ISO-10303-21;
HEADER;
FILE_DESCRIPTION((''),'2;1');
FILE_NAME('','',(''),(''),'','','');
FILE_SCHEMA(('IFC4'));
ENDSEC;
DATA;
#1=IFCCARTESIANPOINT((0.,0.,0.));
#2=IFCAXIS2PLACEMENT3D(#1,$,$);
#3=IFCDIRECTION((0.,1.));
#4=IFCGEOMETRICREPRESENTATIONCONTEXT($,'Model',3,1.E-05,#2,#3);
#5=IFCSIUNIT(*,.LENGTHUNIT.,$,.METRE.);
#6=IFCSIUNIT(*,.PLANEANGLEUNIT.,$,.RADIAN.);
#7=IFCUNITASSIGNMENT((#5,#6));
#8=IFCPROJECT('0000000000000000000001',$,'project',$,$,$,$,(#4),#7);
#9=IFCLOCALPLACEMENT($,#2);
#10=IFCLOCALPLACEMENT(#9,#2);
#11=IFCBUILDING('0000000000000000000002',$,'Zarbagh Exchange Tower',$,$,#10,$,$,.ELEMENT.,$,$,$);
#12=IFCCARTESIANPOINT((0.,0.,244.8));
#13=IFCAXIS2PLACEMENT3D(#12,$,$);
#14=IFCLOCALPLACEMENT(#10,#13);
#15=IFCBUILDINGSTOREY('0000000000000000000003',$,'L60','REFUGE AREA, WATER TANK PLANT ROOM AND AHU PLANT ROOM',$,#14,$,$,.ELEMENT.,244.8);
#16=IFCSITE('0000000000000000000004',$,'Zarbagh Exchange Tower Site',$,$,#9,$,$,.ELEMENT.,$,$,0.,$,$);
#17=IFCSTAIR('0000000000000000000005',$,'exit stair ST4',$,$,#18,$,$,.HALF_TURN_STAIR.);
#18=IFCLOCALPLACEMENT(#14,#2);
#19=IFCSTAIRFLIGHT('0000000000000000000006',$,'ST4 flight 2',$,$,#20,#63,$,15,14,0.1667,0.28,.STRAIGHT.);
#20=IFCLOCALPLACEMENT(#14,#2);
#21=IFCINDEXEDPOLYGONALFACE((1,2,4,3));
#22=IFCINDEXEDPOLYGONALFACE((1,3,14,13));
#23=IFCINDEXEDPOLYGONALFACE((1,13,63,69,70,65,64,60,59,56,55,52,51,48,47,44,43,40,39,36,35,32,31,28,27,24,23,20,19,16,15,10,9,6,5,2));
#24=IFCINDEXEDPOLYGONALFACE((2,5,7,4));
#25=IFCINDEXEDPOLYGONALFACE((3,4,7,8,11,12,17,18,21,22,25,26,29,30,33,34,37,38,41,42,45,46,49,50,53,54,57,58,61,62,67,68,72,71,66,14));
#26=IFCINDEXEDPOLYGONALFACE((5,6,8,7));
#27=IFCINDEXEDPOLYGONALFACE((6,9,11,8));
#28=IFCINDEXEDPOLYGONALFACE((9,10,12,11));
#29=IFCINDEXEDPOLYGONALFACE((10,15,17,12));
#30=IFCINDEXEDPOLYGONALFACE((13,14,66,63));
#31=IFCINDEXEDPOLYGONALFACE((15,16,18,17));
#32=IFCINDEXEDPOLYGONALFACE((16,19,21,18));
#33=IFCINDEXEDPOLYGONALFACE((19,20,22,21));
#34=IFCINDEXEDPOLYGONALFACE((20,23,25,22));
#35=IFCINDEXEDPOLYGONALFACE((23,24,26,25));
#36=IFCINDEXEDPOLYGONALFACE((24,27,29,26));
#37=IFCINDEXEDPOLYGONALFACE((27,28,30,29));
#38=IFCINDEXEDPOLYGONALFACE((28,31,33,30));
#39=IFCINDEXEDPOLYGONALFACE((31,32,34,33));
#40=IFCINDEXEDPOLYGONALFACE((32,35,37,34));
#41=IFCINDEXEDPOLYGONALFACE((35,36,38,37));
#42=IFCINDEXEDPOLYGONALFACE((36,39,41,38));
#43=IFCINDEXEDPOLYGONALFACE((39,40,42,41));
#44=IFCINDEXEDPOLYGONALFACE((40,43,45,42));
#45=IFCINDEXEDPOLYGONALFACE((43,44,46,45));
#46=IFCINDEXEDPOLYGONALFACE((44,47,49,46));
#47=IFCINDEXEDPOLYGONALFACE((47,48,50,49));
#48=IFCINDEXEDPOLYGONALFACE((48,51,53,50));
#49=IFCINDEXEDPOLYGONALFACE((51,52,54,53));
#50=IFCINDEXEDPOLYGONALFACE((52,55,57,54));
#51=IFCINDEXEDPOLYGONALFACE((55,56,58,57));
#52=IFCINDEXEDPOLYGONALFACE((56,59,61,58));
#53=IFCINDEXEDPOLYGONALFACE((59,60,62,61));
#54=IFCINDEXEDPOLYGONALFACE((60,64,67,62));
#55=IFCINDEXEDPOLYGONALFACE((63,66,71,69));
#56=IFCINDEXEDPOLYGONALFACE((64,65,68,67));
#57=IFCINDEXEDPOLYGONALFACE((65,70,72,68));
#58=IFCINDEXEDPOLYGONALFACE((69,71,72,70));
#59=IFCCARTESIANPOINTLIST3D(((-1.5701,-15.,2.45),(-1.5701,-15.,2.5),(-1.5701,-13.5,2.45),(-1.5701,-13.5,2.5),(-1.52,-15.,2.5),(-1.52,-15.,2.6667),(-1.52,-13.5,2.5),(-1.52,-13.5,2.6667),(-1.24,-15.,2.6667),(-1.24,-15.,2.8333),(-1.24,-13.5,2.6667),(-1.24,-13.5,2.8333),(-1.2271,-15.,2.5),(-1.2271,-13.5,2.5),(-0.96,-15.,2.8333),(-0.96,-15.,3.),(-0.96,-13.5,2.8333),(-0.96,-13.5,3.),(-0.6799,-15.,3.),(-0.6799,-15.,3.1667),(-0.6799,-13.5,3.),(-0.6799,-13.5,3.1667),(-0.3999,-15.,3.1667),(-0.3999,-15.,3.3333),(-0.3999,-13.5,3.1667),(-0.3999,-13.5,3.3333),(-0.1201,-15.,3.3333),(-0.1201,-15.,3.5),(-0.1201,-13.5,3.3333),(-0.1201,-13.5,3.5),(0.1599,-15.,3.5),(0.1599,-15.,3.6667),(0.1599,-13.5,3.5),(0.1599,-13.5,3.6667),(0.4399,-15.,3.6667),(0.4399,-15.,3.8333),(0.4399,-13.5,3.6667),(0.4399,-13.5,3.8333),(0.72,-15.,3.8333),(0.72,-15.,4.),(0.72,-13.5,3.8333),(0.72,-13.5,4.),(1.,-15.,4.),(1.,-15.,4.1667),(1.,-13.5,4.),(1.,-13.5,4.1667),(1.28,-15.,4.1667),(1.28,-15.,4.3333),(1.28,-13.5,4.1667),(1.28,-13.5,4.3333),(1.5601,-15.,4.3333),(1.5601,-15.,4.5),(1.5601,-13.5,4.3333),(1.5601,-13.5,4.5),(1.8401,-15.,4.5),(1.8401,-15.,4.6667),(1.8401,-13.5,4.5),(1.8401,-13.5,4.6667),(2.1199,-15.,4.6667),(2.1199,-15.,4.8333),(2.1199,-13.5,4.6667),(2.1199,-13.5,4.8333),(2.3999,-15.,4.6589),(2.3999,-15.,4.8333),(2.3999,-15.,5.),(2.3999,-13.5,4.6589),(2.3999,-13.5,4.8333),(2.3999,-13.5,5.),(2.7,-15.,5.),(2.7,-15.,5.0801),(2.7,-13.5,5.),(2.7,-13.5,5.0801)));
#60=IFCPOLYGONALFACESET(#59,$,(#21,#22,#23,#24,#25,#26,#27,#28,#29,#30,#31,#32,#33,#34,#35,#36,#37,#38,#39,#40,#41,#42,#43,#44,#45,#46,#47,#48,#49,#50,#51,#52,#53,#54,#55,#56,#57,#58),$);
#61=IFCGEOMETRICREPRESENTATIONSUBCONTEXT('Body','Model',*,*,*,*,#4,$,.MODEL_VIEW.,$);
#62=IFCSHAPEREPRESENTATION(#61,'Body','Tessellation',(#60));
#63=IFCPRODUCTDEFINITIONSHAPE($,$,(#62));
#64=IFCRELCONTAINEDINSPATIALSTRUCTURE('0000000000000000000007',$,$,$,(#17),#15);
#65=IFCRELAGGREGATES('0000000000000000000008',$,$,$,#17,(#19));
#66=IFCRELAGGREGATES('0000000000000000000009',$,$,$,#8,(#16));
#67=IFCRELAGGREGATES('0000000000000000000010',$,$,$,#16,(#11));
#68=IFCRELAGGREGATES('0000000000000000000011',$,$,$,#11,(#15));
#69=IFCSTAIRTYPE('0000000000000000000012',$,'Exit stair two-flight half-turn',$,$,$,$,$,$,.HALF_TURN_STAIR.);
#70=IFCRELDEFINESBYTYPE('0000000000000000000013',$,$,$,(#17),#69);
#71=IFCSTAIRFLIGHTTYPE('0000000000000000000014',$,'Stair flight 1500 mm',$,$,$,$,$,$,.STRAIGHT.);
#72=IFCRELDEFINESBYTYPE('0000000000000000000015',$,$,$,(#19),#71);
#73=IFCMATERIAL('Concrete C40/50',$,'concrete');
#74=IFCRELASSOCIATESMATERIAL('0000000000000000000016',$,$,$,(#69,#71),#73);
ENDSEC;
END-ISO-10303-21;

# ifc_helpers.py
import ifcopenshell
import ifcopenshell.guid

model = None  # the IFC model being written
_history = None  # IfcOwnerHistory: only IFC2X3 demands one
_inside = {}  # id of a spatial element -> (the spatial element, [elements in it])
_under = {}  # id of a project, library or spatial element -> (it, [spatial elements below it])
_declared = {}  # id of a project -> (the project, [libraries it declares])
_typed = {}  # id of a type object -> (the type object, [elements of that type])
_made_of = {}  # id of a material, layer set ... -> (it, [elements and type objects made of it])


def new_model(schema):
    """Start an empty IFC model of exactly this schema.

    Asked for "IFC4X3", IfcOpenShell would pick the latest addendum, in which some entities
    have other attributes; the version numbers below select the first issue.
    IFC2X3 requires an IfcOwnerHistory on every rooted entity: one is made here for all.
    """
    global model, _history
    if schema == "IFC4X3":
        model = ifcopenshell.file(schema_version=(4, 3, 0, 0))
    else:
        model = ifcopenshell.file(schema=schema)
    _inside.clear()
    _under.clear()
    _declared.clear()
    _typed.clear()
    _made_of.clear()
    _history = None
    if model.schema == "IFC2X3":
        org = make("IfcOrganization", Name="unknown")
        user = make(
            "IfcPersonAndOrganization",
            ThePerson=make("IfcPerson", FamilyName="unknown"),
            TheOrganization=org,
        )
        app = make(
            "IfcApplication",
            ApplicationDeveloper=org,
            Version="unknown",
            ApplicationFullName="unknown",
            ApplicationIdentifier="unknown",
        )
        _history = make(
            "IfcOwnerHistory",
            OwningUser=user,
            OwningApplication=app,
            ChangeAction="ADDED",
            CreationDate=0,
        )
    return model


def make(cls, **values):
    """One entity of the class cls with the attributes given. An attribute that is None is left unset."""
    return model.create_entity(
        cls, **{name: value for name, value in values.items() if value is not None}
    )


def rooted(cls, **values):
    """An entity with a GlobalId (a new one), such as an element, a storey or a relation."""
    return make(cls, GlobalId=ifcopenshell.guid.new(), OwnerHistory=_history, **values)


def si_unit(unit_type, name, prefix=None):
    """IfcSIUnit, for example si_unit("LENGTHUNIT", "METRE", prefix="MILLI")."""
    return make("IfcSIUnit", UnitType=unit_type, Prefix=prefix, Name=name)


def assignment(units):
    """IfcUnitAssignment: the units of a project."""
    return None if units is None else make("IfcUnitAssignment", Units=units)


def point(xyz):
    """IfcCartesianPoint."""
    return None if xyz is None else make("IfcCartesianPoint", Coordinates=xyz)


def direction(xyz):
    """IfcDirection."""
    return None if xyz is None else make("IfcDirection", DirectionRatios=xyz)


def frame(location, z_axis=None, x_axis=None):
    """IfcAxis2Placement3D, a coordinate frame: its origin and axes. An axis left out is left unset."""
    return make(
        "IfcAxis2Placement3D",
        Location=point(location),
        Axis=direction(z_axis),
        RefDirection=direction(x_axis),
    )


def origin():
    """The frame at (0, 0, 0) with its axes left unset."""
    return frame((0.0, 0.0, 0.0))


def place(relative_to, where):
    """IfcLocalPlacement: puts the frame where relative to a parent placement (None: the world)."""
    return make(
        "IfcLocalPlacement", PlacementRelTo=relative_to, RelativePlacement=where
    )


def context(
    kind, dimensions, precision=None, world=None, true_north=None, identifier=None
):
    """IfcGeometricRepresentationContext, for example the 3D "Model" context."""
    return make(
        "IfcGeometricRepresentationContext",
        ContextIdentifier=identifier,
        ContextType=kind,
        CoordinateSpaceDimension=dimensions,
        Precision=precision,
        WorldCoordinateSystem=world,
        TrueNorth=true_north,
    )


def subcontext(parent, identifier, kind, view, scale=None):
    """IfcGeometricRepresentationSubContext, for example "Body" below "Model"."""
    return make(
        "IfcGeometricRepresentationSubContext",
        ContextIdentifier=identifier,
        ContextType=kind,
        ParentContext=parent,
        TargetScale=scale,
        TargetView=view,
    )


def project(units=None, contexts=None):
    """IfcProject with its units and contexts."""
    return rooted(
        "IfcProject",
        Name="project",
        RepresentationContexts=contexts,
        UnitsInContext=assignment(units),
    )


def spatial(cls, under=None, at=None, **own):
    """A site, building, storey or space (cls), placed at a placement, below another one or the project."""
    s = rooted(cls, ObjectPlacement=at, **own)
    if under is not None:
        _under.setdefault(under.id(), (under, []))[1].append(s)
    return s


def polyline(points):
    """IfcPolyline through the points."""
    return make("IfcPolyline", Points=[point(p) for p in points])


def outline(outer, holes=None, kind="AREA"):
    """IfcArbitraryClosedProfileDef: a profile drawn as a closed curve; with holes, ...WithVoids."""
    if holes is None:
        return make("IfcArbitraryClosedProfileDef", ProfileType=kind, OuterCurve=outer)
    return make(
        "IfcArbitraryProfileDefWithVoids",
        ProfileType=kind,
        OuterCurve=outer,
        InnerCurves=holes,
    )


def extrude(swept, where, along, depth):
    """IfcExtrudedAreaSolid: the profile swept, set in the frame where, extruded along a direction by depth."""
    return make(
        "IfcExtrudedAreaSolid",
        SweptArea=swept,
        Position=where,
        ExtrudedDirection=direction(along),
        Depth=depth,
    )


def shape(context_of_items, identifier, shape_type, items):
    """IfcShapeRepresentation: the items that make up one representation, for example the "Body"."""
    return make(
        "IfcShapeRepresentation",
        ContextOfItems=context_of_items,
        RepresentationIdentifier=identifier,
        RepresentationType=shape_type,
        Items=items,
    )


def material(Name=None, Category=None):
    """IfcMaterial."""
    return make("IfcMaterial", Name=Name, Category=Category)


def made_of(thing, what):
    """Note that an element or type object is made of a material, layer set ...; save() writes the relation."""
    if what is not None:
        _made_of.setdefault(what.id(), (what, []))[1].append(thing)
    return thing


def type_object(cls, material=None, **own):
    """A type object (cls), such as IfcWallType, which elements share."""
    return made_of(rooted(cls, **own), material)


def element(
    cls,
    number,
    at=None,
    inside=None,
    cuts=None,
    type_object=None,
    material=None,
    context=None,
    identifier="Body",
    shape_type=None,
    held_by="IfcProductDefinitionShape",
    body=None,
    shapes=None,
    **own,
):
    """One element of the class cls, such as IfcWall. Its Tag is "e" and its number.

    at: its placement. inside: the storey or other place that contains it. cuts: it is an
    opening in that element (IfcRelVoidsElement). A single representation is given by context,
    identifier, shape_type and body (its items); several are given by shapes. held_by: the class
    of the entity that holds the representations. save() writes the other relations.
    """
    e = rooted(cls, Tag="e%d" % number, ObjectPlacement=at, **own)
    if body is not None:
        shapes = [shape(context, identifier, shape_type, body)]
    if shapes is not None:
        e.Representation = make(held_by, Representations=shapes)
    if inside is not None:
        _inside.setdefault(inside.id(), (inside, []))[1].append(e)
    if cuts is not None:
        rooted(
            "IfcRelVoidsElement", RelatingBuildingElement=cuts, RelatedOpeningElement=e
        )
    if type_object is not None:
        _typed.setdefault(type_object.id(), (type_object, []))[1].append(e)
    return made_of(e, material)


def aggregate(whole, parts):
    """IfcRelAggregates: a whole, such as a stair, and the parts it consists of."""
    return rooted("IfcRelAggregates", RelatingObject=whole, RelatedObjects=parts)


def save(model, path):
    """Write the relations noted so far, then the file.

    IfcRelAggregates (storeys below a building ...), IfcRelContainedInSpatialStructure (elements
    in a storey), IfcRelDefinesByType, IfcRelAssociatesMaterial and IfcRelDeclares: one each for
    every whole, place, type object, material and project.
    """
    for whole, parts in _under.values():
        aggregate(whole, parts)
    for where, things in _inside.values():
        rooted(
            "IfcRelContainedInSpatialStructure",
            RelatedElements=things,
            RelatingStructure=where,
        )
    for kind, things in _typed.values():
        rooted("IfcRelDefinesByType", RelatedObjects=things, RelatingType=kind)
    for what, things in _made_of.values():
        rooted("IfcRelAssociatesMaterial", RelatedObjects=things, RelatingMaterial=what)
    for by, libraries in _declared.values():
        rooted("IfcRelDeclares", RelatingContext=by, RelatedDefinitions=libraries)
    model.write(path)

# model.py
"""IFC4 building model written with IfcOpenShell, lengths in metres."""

from ifc_helpers import new_model, si_unit, direction, frame, origin, place, context, subcontext, project, spatial, polyline, outline, extrude, material, type_object, element, aggregate, save


model = new_model("IFC4")

# Units and contexts
model_context = context("Model", 3, precision=1e-05, world=origin(), true_north=direction((0.0, 1.0)))
body_context = subcontext(model_context, "Body", "Model", "MODEL_VIEW")
ifc_project = project(units=[si_unit("LENGTHUNIT", "METRE"), si_unit("PLANEANGLEUNIT", "RADIAN")], contexts=[model_context])

# Site, building, storey
site_placement = place(None, origin())
site = spatial("IfcSite", under=ifc_project, at=site_placement, Name="Zarbagh Exchange Tower Site", CompositionType="ELEMENT", RefElevation=0.0)
building_placement = place(site_placement, origin())
building = spatial("IfcBuilding", under=site, at=building_placement, Name="Zarbagh Exchange Tower", CompositionType="ELEMENT")
storey_placement = place(building_placement, frame((0.0, 0.0, 244.8)))
storey = spatial("IfcBuildingStorey", under=building, at=storey_placement, Name="L60", Description="REFUGE AREA, WATER TANK PLANT ROOM AND AHU PLANT ROOM", CompositionType="ELEMENT", Elevation=244.8)

# Shared definitions
ifc_material_1 = material(Name="Concrete C40/50", Category="concrete")

# Stair, stair flight
stair_type = type_object("IfcStairType", Name="Exit stair two-flight half-turn", PredefinedType="HALF_TURN_STAIR", material=ifc_material_1)
stair_1_placement = place(storey_placement, origin())
stair_1 = element("IfcStair", 1, at=stair_1_placement, inside=storey, type_object=stair_type, Name="exit stair ST4", PredefinedType="HALF_TURN_STAIR")
stair_flight_type_1 = type_object("IfcStairFlightType", Name="Stair flight 1500 mm", PredefinedType="STRAIGHT", material=ifc_material_1)
stair_flight_1_placement = place(storey_placement, frame((-1.52, -14.25, 2.5), z_axis=(0.0, 0.0, 1.0), x_axis=(1.0, 0.0, 0.0)))
stair_flight_1 = element("IfcStairFlight", 2, at=stair_flight_1_placement, type_object=stair_flight_type_1, Name="ST4 flight 2", NumberOfRisers=15, NumberOfTreads=14, PredefinedType="STRAIGHT", RiserHeight=0.1667, TreadLength=0.28, context=body_context, shape_type="SweptSolid", body=[
    extrude(outline(polyline([(-0.05, -0.05), (-0.05, 0.0), (0.0, 0.0), (0.0, 0.1667), (0.28, 0.1667), (0.28, 0.3333), (0.5601, 0.3333), (0.5601, 0.5), (0.8401, 0.5), (0.8401, 0.6667), (1.1201, 0.6667), (1.1201, 0.8333), (1.3999, 0.8333), (1.3999, 1.0), (1.6799, 1.0), (1.6799, 1.1667), (1.96, 1.1667), (1.96, 1.3333), (2.24, 1.3333), (2.24, 1.5), (2.52, 1.5), (2.52, 1.6667), (2.8, 1.6667), (2.8, 1.8333), (3.0801, 1.8333), (3.0801, 2.0), (3.3601, 2.0), (3.3601, 2.1667), (3.6399, 2.1667), (3.6399, 2.3333), (3.9199, 2.3333), (3.9199, 2.5), (4.22, 2.5801), (4.22, 2.5), (3.9199, 2.1589), (0.293, 0.0), (-0.05, -0.05)])), frame((0.0, 0.75, 0.0), z_axis=(0.0, -1.0, 0.0), x_axis=(1.0, 0.0, 0.0)), (0.0, 0.0, 1.0), 1.5),
])
aggregate(stair_1, [stair_flight_1])

save(model, "model.ifc")
